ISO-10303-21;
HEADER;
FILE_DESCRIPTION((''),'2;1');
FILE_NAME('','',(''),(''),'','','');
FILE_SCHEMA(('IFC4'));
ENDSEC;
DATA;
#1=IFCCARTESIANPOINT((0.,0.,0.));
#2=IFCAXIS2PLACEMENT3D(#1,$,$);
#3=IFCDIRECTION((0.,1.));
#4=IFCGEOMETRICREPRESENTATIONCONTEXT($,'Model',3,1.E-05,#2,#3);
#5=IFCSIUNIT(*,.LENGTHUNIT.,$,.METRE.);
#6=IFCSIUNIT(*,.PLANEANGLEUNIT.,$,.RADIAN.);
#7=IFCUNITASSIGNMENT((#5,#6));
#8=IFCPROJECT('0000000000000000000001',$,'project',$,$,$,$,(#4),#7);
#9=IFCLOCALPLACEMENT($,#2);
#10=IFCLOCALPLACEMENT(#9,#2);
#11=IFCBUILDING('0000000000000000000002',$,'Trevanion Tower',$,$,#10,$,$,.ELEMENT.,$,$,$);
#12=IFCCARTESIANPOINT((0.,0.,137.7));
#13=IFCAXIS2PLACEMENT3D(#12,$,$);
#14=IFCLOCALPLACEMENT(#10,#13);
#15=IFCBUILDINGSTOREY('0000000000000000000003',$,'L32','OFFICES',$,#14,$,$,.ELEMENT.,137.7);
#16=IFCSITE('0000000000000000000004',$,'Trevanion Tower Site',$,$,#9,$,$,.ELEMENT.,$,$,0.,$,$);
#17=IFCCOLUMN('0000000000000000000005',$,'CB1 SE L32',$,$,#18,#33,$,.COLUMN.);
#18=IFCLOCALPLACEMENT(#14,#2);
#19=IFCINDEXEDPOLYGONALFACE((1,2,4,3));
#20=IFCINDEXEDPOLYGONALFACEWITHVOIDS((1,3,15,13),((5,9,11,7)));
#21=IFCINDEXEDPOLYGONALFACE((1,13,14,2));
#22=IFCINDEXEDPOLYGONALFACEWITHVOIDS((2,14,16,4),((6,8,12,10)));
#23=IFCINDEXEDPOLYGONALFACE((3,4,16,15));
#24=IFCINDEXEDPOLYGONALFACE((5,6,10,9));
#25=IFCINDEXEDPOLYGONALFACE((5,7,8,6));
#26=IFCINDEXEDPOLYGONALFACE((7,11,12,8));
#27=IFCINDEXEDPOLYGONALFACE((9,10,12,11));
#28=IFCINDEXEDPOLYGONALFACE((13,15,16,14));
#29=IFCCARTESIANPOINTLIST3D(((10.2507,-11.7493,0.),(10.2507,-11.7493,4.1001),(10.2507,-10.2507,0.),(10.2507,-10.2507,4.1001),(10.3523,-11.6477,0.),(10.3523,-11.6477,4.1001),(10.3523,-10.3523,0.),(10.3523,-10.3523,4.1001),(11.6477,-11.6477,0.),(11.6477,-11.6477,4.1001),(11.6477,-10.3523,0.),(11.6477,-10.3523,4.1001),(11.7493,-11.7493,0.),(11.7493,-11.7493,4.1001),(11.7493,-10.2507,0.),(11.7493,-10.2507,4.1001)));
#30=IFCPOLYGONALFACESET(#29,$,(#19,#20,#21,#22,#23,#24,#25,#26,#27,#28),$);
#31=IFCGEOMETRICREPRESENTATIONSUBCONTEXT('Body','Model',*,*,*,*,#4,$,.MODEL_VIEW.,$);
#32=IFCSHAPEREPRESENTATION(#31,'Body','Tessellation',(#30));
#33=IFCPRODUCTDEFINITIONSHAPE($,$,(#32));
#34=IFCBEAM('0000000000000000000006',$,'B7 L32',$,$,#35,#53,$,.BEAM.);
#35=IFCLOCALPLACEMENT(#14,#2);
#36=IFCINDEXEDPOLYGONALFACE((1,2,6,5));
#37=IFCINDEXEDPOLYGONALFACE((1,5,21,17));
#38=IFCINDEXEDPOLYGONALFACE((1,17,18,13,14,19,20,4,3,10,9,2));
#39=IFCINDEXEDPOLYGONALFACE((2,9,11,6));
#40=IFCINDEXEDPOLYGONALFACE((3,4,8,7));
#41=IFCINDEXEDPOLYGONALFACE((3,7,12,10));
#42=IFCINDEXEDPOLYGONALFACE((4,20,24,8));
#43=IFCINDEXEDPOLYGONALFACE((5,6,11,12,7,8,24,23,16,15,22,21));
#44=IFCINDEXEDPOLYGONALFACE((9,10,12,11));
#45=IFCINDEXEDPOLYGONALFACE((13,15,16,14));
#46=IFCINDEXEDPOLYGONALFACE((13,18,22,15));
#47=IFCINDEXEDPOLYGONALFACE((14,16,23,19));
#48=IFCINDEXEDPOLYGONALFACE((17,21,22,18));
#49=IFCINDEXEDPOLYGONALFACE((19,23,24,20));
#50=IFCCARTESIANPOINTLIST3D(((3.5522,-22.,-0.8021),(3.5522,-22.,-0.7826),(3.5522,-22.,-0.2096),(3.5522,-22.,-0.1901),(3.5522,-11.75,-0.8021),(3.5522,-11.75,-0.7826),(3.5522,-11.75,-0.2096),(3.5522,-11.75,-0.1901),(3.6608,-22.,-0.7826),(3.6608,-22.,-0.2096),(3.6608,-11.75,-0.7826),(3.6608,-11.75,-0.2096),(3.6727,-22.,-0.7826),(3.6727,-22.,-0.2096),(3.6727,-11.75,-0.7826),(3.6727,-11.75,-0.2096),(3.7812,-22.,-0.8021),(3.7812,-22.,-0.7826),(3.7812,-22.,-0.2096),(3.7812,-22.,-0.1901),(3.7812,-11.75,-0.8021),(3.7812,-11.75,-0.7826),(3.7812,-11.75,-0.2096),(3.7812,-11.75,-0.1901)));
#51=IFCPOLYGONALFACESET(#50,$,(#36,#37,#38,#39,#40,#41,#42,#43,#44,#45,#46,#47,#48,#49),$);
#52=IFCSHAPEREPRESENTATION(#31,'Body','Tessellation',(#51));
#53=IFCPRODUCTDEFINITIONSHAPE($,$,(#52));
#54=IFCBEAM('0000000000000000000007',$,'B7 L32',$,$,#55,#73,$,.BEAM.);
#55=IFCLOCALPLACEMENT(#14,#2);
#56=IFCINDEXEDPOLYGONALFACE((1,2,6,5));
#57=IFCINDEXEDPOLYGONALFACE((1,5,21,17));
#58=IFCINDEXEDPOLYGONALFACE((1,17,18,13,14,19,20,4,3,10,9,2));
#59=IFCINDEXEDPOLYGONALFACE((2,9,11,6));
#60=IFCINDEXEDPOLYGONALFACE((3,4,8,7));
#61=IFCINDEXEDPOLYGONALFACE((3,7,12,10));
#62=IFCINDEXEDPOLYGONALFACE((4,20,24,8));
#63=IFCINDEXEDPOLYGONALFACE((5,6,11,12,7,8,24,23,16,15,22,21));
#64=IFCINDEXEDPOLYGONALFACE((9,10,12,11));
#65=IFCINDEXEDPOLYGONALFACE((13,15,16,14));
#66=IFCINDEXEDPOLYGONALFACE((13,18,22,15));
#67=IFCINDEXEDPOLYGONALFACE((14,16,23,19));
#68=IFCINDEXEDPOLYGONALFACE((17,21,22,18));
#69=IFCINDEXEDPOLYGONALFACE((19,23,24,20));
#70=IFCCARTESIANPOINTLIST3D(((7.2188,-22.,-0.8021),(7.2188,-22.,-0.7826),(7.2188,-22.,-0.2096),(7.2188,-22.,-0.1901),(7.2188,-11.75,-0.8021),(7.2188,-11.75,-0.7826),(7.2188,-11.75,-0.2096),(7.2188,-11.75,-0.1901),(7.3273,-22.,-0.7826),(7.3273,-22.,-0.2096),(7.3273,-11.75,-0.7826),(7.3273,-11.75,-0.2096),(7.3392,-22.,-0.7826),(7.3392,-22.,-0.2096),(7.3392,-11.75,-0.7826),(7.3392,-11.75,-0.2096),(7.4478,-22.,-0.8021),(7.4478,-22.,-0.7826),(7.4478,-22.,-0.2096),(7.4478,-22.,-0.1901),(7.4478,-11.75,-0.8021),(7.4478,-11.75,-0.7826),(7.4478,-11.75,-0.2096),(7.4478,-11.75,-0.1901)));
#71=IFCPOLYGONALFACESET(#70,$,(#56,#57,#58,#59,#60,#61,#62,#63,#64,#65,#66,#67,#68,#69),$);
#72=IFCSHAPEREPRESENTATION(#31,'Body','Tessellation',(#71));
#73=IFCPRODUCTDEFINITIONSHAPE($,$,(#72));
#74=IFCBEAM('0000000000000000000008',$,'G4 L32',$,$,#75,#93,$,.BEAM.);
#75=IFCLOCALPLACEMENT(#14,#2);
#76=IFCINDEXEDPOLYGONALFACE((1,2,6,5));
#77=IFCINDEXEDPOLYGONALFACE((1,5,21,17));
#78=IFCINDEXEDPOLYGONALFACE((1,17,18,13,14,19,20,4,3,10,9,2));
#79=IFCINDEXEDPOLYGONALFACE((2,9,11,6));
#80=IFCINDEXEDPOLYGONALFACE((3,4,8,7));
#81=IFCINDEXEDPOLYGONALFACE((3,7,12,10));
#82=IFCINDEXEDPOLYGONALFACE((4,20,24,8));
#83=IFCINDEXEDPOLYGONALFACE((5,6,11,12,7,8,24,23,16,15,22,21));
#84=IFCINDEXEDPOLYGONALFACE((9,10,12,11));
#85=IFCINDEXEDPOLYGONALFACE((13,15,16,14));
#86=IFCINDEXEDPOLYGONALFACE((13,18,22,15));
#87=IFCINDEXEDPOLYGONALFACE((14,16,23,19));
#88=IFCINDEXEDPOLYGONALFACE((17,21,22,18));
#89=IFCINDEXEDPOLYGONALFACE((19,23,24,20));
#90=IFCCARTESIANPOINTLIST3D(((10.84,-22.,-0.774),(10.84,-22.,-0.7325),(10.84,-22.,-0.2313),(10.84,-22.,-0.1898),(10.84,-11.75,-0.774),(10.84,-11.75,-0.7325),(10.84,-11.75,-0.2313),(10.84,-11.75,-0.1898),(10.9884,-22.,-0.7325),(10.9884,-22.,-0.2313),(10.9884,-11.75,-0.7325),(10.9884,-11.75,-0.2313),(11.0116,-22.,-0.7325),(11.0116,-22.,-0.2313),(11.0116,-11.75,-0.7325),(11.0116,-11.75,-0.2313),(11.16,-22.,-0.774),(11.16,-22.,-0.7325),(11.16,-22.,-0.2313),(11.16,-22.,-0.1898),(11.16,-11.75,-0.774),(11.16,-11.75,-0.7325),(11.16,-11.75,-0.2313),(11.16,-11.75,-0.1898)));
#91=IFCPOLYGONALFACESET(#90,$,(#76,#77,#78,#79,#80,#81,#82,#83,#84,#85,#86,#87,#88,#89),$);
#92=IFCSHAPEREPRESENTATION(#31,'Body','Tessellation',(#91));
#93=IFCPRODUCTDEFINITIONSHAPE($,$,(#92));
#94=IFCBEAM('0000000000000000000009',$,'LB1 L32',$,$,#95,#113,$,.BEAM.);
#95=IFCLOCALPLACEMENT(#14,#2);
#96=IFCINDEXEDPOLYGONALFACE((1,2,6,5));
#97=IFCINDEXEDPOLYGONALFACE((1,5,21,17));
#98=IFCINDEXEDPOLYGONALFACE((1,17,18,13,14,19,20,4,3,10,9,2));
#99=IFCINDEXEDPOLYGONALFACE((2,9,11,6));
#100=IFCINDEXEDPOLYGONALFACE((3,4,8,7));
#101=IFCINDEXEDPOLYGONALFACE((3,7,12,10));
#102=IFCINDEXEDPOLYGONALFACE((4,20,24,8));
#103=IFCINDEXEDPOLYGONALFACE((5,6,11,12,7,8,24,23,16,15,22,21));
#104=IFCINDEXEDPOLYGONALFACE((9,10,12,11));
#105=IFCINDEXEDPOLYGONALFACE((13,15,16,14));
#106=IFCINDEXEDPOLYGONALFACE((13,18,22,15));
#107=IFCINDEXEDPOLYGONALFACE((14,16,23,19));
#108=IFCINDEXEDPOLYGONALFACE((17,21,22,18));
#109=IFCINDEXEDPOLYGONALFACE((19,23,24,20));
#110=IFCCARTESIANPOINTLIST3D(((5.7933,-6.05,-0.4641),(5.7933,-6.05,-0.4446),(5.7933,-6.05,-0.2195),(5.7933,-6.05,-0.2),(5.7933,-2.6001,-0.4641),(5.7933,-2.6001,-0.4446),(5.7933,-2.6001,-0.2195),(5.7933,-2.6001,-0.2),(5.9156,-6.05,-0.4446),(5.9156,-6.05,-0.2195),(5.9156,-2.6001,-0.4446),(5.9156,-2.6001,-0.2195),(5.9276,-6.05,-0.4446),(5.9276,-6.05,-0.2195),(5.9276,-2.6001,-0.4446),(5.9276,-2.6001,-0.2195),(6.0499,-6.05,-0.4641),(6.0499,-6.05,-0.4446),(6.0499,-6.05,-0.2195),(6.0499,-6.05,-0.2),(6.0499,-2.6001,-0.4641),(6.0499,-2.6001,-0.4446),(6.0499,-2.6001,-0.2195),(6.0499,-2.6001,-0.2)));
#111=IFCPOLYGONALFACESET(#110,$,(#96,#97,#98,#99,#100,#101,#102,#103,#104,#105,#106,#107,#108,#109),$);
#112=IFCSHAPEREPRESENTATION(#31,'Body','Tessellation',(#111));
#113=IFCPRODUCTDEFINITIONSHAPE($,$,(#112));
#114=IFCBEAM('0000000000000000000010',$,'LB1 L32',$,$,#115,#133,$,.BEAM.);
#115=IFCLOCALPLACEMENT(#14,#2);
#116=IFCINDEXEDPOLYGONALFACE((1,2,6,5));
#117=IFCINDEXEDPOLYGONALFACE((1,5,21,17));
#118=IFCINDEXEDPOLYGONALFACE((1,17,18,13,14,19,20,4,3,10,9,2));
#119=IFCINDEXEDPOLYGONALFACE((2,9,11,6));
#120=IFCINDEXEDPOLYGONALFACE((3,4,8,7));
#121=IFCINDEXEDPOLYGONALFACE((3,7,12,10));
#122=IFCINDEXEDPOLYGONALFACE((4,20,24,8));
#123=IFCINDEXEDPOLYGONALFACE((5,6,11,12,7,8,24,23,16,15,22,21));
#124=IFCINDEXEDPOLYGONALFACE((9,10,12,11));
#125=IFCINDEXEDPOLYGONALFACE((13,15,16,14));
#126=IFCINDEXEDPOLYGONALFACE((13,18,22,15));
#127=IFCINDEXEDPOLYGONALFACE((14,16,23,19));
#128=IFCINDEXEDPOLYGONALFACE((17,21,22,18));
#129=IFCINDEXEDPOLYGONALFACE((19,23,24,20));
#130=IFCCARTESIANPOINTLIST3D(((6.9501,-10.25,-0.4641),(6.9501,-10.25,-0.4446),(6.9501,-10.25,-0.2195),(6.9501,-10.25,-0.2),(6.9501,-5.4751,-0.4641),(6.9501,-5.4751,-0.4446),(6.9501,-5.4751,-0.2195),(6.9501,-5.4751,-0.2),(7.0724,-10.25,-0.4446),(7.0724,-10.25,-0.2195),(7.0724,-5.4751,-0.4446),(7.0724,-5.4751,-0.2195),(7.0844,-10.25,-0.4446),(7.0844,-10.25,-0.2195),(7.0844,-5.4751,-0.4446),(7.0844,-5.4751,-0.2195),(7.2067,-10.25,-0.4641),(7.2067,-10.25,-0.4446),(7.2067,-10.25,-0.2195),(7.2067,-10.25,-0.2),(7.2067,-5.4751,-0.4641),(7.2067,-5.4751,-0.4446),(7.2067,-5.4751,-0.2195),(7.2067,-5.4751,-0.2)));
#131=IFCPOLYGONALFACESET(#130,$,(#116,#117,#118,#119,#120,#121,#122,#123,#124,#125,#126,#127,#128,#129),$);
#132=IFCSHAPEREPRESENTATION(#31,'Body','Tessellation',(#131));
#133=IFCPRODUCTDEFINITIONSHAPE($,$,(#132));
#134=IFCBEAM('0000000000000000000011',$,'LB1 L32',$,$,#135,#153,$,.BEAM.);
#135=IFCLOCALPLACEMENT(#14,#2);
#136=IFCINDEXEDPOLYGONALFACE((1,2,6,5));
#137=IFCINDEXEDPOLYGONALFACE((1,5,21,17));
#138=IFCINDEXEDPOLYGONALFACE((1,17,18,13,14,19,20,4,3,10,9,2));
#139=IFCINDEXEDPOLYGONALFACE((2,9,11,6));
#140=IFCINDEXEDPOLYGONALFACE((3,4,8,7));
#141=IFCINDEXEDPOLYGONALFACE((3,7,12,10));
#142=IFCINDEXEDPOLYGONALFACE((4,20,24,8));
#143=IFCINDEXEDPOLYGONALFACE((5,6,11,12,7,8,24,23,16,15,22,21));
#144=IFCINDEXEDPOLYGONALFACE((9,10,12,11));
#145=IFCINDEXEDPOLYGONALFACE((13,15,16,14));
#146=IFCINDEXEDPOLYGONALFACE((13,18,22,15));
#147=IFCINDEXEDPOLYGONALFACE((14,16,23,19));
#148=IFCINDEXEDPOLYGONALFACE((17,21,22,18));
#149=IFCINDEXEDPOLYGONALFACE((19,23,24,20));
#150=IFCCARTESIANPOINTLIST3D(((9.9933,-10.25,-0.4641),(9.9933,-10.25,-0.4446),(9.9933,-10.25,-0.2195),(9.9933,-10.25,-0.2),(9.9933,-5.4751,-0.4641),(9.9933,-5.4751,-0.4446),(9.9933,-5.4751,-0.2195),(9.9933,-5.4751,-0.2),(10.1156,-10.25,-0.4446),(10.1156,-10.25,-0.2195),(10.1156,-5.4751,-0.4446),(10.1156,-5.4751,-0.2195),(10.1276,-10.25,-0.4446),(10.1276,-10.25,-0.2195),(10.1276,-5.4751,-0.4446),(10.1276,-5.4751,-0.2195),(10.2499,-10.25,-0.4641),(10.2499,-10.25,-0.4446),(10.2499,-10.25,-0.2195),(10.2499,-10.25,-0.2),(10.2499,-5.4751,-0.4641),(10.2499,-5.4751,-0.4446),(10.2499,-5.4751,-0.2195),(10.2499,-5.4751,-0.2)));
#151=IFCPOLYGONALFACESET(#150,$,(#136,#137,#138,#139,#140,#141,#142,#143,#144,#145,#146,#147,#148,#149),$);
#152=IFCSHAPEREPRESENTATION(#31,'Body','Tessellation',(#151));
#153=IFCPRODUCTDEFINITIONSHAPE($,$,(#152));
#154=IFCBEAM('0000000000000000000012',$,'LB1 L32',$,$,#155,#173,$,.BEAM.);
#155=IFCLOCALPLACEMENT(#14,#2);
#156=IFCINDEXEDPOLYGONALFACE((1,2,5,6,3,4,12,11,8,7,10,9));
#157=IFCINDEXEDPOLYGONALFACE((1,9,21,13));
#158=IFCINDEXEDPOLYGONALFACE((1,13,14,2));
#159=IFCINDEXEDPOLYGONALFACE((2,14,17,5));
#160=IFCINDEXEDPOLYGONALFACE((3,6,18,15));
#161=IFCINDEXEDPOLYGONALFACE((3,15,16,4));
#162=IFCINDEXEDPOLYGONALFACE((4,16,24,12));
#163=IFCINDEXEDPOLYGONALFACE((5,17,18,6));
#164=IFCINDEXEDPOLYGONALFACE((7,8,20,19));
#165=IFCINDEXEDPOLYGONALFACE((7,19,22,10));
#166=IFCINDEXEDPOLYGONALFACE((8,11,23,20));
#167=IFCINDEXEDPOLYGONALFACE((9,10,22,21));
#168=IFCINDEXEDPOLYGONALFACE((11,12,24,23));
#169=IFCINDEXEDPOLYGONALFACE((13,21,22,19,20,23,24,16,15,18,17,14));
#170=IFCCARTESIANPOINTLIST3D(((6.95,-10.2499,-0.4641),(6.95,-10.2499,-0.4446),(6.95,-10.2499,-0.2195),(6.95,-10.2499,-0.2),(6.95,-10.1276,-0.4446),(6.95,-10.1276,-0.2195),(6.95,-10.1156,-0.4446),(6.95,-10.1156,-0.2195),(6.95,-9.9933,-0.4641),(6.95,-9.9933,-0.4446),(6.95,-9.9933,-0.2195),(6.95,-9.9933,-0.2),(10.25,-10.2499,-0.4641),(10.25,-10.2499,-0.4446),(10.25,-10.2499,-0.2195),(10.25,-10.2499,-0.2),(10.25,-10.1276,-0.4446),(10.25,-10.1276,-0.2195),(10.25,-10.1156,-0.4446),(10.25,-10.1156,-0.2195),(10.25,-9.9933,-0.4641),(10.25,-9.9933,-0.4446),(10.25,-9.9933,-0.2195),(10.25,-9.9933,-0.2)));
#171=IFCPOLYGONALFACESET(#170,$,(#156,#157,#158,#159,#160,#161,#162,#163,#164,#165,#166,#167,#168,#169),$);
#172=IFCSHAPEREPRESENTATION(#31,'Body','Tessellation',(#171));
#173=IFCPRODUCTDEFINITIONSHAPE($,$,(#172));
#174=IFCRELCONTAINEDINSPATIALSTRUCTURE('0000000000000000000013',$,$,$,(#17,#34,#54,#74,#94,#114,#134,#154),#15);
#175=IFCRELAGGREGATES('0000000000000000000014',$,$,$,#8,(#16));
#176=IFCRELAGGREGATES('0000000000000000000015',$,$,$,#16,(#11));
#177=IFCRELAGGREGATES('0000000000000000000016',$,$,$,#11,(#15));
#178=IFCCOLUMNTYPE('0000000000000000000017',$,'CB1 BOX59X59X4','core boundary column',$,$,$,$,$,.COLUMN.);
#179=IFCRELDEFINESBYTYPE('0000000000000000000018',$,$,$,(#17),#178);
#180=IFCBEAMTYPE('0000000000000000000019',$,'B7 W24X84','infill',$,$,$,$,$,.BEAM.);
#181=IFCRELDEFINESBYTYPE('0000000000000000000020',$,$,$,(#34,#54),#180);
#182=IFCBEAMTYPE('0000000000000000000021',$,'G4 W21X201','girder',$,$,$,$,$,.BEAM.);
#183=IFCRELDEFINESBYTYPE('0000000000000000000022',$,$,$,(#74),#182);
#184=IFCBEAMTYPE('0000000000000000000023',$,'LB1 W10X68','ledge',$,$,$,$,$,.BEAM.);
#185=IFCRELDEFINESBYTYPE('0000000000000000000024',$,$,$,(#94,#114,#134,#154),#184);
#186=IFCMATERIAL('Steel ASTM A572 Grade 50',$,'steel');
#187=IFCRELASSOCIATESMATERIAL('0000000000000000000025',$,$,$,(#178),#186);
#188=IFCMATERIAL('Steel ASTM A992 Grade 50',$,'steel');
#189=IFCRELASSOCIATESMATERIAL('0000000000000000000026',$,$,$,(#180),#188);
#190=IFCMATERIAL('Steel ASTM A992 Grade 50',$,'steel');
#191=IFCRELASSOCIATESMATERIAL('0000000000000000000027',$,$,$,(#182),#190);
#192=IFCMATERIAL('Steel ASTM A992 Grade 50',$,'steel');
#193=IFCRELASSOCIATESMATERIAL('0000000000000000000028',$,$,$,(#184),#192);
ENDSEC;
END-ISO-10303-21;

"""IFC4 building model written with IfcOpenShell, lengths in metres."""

from ifc_helpers import new_model, si_unit, direction, frame, origin, origin_2d, place, context, subcontext, project, spatial, hollow_rectangle, i_section, extrude, material, material_profile, profile_set, type_object, element, save


model = new_model("IFC4")

# Units and contexts
model_context = context("Model", 3, precision=1e-05, world=origin(), true_north=direction((0.0, 1.0)))
body_context = subcontext(model_context, "Body", "Model", "MODEL_VIEW")
ifc_project = project(units=[si_unit("LENGTHUNIT", "METRE"), si_unit("PLANEANGLEUNIT", "RADIAN")], contexts=[model_context])

# Site, building, storey
site_placement = place(None, origin())
site = spatial("IfcSite", under=ifc_project, at=site_placement, Name="Trevanion Tower Site", CompositionType="ELEMENT", RefElevation=0.0)
building_placement = place(site_placement, origin())
building = spatial("IfcBuilding", under=site, at=building_placement, Name="Trevanion Tower", CompositionType="ELEMENT")
storey_placement = place(building_placement, frame((0.0, 0.0, 137.7)))
storey = spatial("IfcBuildingStorey", under=building, at=storey_placement, Name="L32", Description="OFFICES", CompositionType="ELEMENT", Elevation=137.7)

# Column
ifc_material_1 = material(Name="Steel ASTM A572 Grade 50", Category="steel")
ifc_material_profile_1 = material_profile(ifc_material_1, hollow_rectangle(XDim=1.4985, YDim=1.4985, WallThickness=0.1016, at=origin_2d()), Name="BOX59X59X4")
ifc_profile_set_1 = profile_set([ifc_material_profile_1], Name="Steel ASTM A572 Grade 50")
column_type = type_object("IfcColumnType", Name="CB1 BOX59X59X4", Description="core boundary column", PredefinedType="COLUMN", material=ifc_profile_set_1)
column_placement = place(storey_placement, frame((11.0, -11.0, 0.0), z_axis=(0.0, 0.0, 1.0), x_axis=(1.0, 0.0, 0.0)))
element("IfcColumn", 1, at=column_placement, inside=storey, type_object=column_type, Name="CB1 SE L32", PredefinedType="COLUMN", context=body_context, shape_type="SweptSolid", body=[
    extrude(hollow_rectangle(XDim=1.4985, YDim=1.4985, WallThickness=0.1016, at=origin_2d()), origin(), (0.0, 0.0, 1.0), 4.1001),
])

# Beams
ifc_material_2 = material(Name="Steel ASTM A992 Grade 50", Category="steel")
ifc_material_profile_2 = material_profile(ifc_material_2, i_section(OverallWidth=0.229, OverallDepth=0.6121, WebThickness=0.012, FlangeThickness=0.0195, at=origin_2d()), Name="W24X84")
ifc_profile_set_2 = profile_set([ifc_material_profile_2], Name="Steel ASTM A992 Grade 50")
beam_type_1 = type_object("IfcBeamType", Name="B7 W24X84", Description="infill", PredefinedType="BEAM", material=ifc_profile_set_2)
for number, where, z_axis, x_axis, name in (
    (2, (3.6667, -11.75, -0.4961), (0.0, -1.0, 0.0), (1.0, 0.0, 0.0), "B7 L32"),
    (3, (7.3333, -11.75, -0.4961), (0.0, -1.0, 0.0), (1.0, 0.0, 0.0), "B7 L32"),
):
    element("IfcBeam", number, at=place(storey_placement, frame(where, z_axis=z_axis, x_axis=x_axis)), inside=storey, type_object=beam_type_1, Name=name, PredefinedType="BEAM", context=body_context, shape_type="SweptSolid", body=[
        extrude(i_section(OverallWidth=0.229, OverallDepth=0.6121, WebThickness=0.012, FlangeThickness=0.0195, at=origin_2d()), origin(), (0.0, 0.0, 1.0), 10.25),
    ])
ifc_material_3 = material(Name="Steel ASTM A992 Grade 50", Category="steel")
ifc_material_profile_3 = material_profile(ifc_material_3, i_section(OverallWidth=0.3201, OverallDepth=0.5842, WebThickness=0.0232, FlangeThickness=0.0415, at=origin_2d()), Name="W21X201")
ifc_profile_set_3 = profile_set([ifc_material_profile_3], Name="Steel ASTM A992 Grade 50")
beam_type_2 = type_object("IfcBeamType", Name="G4 W21X201", Description="girder", PredefinedType="BEAM", material=ifc_profile_set_3)
beam_1_placement = place(storey_placement, frame((11.0, -11.75, -0.4819), z_axis=(0.0, -1.0, 0.0), x_axis=(1.0, 0.0, 0.0)))
element("IfcBeam", 4, at=beam_1_placement, inside=storey, type_object=beam_type_2, Name="G4 L32", PredefinedType="BEAM", context=body_context, shape_type="SweptSolid", body=[
    extrude(i_section(OverallWidth=0.3201, OverallDepth=0.5842, WebThickness=0.0232, FlangeThickness=0.0415, at=origin_2d()), origin(), (0.0, 0.0, 1.0), 10.25),
])
ifc_material_4 = material(Name="Steel ASTM A992 Grade 50", Category="steel")
ifc_material_profile_4 = material_profile(ifc_material_4, i_section(OverallWidth=0.2566, OverallDepth=0.2642, WebThickness=0.012, FlangeThickness=0.0195, at=origin_2d()), Name="W10X68")
ifc_profile_set_4 = profile_set([ifc_material_profile_4], Name="Steel ASTM A992 Grade 50")
beam_type_3 = type_object("IfcBeamType", Name="LB1 W10X68", Description="ledge", PredefinedType="BEAM", material=ifc_profile_set_4)
beam_2_placement = place(storey_placement, frame((5.9216, -6.05, -0.332), z_axis=(0.0, 1.0, 0.0), x_axis=(-1.0, 0.0, 0.0)))
element("IfcBeam", 5, at=beam_2_placement, inside=storey, type_object=beam_type_3, Name="LB1 L32", PredefinedType="BEAM", context=body_context, shape_type="SweptSolid", body=[
    extrude(i_section(OverallWidth=0.2566, OverallDepth=0.2642, WebThickness=0.012, FlangeThickness=0.0195, at=origin_2d()), origin(), (0.0, 0.0, 1.0), 3.45),
])
for number, where, z_axis, x_axis, name in (
    (6, (7.0784, -10.25, -0.332), (0.0, 1.0, 0.0), (-1.0, 0.0, 0.0), "LB1 L32"),
    (7, (10.1216, -10.25, -0.332), (0.0, 1.0, 0.0), (-1.0, 0.0, 0.0), "LB1 L32"),
):
    element("IfcBeam", number, at=place(storey_placement, frame(where, z_axis=z_axis, x_axis=x_axis)), inside=storey, type_object=beam_type_3, Name=name, PredefinedType="BEAM", context=body_context, shape_type="SweptSolid", body=[
        extrude(i_section(OverallWidth=0.2566, OverallDepth=0.2642, WebThickness=0.012, FlangeThickness=0.0195, at=origin_2d()), origin(), (0.0, 0.0, 1.0), 4.7749),
    ])
beam_3_placement = place(storey_placement, frame((6.95, -10.1216, -0.332), z_axis=(1.0, 0.0, 0.0), x_axis=(0.0, 1.0, 0.0)))
element("IfcBeam", 8, at=beam_3_placement, inside=storey, type_object=beam_type_3, Name="LB1 L32", PredefinedType="BEAM", context=body_context, shape_type="SweptSolid", body=[
    extrude(i_section(OverallWidth=0.2566, OverallDepth=0.2642, WebThickness=0.012, FlangeThickness=0.0195, at=origin_2d()), origin(), (0.0, 0.0, 1.0), 3.3),
])

save(model, "model.ifc")
